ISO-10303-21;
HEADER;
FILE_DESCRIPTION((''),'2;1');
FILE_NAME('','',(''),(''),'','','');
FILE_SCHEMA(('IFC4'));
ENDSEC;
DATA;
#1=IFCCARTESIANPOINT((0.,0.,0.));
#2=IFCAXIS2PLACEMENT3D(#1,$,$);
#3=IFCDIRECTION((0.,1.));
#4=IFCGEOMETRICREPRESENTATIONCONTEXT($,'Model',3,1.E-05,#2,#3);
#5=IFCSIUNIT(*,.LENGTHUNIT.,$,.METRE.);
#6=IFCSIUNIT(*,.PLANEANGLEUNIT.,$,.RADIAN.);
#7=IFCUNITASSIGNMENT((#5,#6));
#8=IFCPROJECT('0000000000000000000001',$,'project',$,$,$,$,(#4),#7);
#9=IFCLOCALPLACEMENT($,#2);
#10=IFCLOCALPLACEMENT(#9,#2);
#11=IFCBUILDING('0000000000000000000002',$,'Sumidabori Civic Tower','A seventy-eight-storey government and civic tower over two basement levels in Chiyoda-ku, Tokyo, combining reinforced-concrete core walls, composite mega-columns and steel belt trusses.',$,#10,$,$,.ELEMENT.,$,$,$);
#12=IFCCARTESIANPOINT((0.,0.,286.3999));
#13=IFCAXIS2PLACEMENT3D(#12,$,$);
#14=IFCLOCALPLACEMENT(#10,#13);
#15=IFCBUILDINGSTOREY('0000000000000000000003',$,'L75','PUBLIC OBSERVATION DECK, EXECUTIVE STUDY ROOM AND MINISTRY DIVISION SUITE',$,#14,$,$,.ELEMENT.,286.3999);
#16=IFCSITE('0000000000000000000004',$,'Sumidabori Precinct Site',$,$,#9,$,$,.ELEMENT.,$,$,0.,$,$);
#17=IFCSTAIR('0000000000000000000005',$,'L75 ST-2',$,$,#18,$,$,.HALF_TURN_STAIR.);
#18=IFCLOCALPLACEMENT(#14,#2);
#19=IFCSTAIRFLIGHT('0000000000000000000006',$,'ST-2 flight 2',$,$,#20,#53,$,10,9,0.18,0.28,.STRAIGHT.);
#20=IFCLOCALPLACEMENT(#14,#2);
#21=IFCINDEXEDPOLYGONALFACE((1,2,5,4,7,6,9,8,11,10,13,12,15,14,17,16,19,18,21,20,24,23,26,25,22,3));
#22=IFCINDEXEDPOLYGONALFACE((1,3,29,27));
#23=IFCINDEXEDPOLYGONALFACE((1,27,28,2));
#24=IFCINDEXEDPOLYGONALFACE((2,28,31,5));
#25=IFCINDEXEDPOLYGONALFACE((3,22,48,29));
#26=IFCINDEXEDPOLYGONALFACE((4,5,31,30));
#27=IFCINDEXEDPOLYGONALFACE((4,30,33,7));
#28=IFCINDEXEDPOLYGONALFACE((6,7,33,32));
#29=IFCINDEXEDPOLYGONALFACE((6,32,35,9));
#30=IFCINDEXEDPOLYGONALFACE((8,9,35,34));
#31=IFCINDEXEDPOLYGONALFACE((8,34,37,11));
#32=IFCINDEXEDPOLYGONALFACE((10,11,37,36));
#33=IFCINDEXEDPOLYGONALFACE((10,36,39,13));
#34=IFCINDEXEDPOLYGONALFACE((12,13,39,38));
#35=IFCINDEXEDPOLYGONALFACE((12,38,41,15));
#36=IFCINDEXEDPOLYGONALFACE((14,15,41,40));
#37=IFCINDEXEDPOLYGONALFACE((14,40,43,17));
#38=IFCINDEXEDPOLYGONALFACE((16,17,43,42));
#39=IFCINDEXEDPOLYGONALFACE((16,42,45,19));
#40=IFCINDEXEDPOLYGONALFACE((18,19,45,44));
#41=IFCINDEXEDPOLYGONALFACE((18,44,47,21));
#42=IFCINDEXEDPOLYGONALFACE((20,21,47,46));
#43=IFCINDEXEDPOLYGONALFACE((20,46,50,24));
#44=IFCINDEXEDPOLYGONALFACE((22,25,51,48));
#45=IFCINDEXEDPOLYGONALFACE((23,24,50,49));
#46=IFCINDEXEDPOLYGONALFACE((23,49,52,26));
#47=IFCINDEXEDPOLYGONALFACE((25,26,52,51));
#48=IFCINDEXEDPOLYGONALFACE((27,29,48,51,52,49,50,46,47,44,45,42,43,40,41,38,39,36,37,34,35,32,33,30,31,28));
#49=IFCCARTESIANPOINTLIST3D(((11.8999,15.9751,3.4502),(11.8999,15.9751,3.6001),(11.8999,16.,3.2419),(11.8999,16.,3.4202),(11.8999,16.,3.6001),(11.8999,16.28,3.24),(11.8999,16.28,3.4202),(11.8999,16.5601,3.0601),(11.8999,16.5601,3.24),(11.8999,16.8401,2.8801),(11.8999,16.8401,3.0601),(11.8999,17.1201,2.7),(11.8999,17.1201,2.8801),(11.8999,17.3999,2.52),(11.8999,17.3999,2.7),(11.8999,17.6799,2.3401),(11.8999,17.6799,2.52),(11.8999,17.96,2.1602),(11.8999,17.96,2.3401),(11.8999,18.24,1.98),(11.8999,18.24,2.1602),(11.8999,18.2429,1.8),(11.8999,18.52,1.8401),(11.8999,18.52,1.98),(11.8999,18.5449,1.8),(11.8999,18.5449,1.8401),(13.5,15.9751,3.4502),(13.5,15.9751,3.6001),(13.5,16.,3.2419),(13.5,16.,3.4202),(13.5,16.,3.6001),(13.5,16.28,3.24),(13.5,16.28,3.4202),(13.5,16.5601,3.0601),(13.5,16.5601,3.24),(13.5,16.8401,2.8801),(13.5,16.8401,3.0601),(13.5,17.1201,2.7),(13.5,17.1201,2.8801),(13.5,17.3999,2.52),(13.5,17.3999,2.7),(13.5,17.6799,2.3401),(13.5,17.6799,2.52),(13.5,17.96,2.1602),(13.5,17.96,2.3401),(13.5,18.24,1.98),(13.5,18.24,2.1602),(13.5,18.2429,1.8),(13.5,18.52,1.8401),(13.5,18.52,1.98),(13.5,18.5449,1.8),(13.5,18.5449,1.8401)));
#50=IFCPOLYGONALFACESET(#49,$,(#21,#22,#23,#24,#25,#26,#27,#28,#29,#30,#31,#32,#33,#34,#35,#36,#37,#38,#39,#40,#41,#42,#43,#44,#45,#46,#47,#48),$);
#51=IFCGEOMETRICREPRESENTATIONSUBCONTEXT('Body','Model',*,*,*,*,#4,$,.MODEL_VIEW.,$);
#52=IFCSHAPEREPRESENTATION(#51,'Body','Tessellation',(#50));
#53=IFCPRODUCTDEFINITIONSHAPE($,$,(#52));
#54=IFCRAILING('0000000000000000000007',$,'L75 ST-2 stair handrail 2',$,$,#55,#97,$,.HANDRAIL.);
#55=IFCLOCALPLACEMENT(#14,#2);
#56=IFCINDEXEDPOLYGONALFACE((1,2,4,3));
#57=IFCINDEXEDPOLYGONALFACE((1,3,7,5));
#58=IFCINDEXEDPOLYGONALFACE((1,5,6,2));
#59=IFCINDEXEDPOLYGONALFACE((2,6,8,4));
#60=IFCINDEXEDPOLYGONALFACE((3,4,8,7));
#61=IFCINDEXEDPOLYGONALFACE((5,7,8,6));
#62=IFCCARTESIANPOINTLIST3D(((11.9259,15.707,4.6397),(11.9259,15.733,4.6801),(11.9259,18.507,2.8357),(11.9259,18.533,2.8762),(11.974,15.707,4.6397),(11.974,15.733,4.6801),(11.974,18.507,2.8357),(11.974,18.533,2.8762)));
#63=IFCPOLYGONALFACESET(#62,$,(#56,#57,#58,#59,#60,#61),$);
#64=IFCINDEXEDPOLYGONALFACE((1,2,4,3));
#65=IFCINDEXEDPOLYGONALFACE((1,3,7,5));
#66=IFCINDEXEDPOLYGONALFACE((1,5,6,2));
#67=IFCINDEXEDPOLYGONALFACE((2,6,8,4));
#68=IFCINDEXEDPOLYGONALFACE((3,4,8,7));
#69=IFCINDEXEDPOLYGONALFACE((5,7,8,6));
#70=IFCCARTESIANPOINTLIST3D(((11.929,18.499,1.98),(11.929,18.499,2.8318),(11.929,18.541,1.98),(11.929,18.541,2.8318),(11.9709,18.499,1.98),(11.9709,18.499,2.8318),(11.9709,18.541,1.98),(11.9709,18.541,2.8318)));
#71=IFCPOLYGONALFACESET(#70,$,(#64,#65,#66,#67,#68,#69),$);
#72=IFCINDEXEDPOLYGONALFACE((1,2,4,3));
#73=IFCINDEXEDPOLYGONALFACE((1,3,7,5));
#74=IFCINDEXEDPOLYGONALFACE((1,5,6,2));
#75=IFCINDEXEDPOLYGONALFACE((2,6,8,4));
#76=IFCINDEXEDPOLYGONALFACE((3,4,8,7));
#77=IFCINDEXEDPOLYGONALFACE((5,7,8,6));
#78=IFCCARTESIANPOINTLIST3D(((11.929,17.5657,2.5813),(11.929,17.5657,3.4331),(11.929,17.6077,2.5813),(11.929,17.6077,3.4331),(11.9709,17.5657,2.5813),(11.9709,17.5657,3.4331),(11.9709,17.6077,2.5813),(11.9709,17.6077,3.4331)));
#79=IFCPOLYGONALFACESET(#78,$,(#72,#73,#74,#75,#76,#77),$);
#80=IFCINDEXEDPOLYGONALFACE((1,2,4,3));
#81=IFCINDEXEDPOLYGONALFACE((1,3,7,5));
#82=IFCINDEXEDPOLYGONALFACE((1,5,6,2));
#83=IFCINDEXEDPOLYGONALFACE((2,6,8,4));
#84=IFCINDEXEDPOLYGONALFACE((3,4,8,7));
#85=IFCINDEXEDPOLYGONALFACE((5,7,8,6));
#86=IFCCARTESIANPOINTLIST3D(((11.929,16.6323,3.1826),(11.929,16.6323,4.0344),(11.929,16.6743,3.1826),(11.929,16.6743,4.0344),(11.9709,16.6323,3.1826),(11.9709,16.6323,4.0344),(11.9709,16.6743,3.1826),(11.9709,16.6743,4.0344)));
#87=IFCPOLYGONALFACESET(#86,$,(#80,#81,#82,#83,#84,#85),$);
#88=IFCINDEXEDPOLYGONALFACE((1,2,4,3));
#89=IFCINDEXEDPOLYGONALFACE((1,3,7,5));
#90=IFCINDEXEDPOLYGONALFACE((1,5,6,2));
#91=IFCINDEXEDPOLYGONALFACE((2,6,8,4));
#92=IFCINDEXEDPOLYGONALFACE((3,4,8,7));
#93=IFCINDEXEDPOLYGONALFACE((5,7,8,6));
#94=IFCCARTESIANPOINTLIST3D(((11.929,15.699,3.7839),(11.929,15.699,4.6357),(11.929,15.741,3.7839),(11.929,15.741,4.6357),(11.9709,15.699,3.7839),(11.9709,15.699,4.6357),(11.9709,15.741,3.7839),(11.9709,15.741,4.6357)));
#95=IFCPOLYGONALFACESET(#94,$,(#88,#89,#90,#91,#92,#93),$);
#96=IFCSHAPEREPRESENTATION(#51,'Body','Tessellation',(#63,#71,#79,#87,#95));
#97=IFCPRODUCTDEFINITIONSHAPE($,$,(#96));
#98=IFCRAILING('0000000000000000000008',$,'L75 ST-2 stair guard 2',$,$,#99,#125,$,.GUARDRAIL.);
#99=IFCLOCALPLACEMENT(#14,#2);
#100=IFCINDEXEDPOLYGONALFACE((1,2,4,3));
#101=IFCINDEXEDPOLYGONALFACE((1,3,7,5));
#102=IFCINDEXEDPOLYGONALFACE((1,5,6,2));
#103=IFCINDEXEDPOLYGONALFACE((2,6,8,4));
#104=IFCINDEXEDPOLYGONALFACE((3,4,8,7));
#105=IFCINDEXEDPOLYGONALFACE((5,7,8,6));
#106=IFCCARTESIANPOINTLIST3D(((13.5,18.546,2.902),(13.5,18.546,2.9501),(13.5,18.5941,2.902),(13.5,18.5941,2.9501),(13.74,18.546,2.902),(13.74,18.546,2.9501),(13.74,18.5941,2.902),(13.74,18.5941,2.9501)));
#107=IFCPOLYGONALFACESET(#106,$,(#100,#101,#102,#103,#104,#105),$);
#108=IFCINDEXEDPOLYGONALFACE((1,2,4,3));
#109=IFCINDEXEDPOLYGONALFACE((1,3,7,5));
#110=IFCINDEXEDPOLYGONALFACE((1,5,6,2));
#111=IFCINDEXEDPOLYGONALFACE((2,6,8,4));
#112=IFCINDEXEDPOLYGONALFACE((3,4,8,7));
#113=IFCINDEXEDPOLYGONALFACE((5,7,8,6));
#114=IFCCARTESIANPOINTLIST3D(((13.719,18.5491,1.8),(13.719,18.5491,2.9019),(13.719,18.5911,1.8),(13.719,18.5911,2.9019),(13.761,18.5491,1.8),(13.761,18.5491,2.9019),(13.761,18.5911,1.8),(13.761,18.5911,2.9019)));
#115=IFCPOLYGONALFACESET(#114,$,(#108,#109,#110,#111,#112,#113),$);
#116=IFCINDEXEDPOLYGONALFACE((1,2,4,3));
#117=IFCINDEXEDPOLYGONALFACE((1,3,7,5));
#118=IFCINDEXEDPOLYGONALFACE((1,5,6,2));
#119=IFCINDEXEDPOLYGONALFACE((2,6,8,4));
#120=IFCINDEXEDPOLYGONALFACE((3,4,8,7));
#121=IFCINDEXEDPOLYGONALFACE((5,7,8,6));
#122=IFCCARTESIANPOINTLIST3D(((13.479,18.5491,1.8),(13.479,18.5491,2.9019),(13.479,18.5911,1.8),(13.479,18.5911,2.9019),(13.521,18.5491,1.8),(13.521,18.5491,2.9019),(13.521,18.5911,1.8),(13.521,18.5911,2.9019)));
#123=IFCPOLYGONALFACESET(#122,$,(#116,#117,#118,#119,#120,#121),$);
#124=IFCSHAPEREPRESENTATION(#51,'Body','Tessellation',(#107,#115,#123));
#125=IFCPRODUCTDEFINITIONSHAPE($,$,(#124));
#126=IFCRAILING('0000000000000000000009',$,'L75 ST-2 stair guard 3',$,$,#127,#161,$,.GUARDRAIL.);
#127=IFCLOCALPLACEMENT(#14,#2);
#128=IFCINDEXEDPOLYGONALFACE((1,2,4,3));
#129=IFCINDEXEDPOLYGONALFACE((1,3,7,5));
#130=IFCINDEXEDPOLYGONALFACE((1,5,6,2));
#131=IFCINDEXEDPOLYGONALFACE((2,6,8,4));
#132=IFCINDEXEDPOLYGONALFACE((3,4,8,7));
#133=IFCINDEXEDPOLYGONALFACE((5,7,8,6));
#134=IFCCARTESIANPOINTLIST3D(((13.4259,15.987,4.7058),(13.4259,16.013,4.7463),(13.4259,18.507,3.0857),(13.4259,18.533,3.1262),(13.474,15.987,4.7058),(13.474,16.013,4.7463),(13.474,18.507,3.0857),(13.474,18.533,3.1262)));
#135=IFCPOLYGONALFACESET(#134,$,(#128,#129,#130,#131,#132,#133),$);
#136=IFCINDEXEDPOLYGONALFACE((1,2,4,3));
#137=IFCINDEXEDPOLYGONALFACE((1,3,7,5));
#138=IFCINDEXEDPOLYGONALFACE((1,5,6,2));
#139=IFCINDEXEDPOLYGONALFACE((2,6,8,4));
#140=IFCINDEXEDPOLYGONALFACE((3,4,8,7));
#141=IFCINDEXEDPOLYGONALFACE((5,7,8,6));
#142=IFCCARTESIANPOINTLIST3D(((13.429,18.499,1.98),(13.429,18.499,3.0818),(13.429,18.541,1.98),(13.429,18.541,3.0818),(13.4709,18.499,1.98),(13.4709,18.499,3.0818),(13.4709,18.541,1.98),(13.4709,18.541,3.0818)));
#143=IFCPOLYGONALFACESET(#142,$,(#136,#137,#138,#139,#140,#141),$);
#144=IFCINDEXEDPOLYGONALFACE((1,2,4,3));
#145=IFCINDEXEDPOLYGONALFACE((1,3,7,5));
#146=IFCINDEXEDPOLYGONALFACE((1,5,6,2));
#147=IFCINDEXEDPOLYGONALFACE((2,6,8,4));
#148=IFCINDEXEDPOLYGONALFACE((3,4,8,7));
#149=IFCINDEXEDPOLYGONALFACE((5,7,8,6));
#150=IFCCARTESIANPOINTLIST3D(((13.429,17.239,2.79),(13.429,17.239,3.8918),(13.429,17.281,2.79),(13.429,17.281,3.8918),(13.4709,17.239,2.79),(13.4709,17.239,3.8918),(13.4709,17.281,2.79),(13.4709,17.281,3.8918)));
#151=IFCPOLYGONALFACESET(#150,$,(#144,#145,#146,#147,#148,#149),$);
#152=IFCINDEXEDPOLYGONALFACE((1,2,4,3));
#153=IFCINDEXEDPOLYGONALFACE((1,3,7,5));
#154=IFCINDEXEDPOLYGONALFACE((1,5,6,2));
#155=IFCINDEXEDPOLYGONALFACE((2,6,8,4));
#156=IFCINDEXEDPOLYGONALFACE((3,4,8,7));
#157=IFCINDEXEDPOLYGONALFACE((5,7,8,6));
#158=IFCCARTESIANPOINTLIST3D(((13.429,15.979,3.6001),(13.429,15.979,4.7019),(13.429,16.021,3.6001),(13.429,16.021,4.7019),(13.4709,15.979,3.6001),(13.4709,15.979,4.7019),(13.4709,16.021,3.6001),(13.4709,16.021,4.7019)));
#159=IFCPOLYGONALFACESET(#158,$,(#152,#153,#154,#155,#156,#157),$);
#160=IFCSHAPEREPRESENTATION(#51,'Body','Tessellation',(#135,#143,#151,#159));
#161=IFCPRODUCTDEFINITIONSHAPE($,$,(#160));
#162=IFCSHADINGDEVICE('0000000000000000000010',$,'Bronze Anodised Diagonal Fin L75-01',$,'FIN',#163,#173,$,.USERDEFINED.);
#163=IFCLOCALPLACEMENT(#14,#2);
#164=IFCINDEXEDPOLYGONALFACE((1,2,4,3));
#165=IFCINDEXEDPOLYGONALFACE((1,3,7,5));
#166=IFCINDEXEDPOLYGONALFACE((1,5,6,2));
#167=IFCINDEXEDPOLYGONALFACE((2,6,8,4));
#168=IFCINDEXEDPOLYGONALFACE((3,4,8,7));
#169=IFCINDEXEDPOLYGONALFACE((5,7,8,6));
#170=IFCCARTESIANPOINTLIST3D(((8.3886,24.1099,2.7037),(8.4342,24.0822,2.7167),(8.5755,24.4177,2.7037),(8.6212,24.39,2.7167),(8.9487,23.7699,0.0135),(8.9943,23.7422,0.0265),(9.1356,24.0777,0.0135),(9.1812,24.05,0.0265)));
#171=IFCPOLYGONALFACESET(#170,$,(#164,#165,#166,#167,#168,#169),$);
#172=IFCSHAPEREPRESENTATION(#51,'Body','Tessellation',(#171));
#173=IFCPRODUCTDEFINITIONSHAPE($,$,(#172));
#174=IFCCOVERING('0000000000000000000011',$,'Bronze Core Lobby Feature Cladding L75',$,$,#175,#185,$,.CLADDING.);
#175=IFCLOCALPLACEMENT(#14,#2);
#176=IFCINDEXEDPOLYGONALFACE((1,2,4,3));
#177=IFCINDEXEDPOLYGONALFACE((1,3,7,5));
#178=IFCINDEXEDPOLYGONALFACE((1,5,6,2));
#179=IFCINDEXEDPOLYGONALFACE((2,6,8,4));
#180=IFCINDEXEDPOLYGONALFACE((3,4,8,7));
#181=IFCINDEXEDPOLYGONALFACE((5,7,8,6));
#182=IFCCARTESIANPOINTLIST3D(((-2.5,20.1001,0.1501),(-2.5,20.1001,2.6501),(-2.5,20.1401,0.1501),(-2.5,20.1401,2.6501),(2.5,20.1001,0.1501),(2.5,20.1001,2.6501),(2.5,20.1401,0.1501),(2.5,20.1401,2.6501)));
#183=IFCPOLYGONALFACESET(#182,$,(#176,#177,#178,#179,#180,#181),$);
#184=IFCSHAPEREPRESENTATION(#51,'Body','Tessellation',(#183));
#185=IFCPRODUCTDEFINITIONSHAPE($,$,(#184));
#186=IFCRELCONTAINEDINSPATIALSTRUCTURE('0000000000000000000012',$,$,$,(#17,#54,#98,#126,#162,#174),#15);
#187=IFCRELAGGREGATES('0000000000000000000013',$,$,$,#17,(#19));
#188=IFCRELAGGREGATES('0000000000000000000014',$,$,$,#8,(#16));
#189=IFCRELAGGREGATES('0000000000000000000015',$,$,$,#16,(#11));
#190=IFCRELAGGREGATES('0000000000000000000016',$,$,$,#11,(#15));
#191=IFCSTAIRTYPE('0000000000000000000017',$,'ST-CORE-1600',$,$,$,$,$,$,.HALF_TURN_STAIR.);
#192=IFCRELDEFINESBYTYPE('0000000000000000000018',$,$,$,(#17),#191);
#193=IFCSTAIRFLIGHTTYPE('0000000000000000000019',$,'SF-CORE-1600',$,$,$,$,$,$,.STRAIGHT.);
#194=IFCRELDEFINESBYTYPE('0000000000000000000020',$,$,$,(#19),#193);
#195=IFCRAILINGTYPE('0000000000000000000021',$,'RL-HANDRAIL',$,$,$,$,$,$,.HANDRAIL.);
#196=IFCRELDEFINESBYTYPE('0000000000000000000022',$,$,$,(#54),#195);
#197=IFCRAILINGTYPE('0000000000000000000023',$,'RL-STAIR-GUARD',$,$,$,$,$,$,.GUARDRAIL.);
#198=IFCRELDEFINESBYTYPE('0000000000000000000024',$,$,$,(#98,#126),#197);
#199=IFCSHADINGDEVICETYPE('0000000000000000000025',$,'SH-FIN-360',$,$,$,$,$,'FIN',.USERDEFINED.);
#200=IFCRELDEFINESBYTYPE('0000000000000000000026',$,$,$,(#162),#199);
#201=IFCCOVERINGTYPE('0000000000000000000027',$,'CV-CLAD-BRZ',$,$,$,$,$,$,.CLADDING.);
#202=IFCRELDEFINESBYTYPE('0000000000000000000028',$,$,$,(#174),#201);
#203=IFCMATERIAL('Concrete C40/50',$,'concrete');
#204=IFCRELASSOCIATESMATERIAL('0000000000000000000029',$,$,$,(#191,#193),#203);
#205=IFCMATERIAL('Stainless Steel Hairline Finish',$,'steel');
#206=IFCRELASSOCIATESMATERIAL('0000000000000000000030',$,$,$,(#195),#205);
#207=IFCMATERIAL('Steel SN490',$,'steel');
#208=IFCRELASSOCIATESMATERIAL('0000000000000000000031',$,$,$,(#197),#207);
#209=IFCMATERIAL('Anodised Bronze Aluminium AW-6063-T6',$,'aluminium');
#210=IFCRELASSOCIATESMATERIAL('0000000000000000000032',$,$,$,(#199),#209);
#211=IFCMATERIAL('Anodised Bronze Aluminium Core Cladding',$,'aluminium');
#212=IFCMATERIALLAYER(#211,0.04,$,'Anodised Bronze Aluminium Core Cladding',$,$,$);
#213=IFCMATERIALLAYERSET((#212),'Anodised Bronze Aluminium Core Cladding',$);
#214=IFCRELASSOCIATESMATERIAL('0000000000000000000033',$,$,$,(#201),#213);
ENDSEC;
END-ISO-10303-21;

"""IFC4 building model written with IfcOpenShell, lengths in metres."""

from ifc_helpers import new_model, si_unit, direction, frame, origin, origin_2d, place, context, subcontext, project, spatial, polyline, rectangle, outline, extrude, source, transform, mapped, material, layer, layer_set, material_profile, profile_set, type_object, element, aggregate, save


model = new_model("IFC4")

# Units and contexts
model_context = context("Model", 3, precision=1e-05, world=origin(), true_north=direction((0.0, 1.0)))
body_context = subcontext(model_context, "Body", "Model", "MODEL_VIEW")
ifc_project = project(units=[si_unit("LENGTHUNIT", "METRE"), si_unit("PLANEANGLEUNIT", "RADIAN")], contexts=[model_context])

# Site, building, storey
site_placement = place(None, origin())
site = spatial("IfcSite", under=ifc_project, at=site_placement, Name="Sumidabori Precinct Site", CompositionType="ELEMENT", RefElevation=0.0)
building_placement = place(site_placement, origin())
building = spatial("IfcBuilding", under=site, at=building_placement, Name="Sumidabori Civic Tower", Description="A seventy-eight-storey government and civic tower over two basement levels in Chiyoda-ku, Tokyo, combining reinforced-concrete core walls, composite mega-columns and steel belt trusses.", CompositionType="ELEMENT")
storey_placement = place(building_placement, frame((0.0, 0.0, 286.3999)))
storey = spatial("IfcBuildingStorey", under=building, at=storey_placement, Name="L75", Description="PUBLIC OBSERVATION DECK, EXECUTIVE STUDY ROOM AND MINISTRY DIVISION SUITE", CompositionType="ELEMENT", Elevation=286.3999)

# Shared definitions
ifc_material_1 = material(Name="Steel SN490", Category="steel")

# Shared definitions
ifc_material_2 = material(Name="Anodised Bronze Aluminium AW-6063-T6", Category="aluminium")

# Stair, stair flight
ifc_material_3 = material(Name="Concrete C40/50", Category="concrete")
stair_type = type_object("IfcStairType", Name="ST-CORE-1600", PredefinedType="HALF_TURN_STAIR", material=ifc_material_3)
stair_placement = place(storey_placement, origin())
stair = element("IfcStair", 1, at=stair_placement, inside=storey, type_object=stair_type, Name="L75 ST-2", PredefinedType="HALF_TURN_STAIR")
stair_flight_type = type_object("IfcStairFlightType", Name="SF-CORE-1600", PredefinedType="STRAIGHT", material=ifc_material_3)
shared_shape_1 = source(origin(), body_context, "Body", "SweptSolid", [
    extrude(outline(polyline([(-0.0249, 0.0), (-0.0249, 0.04), (0.0, 0.04), (0.0, 0.1799), (0.28, 0.1799), (0.28, 0.3601), (0.5601, 0.3601), (0.5601, 0.54), (0.8401, 0.54), (0.8401, 0.72), (1.1201, 0.72), (1.1201, 0.8999), (1.3999, 0.8999), (1.3999, 1.0801), (1.6799, 1.0801), (1.6799, 1.26), (1.96, 1.26), (1.96, 1.4399), (2.24, 1.4399), (2.24, 1.6201), (2.52, 1.6201), (2.52, 1.8), (2.5449, 1.8), (2.5449, 1.6501), (2.52, 1.4419), (0.2771, 0.0), (-0.0249, 0.0)])), frame((0.0, 0.8, 0.0), z_axis=(0.0, -1.0, 0.0), x_axis=(1.0, 0.0, 0.0)), (0.0, 0.0, 1.0), 1.6001),
])
stair_flight_placement = place(storey_placement, frame((12.7, 18.52, 1.8), z_axis=(0.0, 0.0, 1.0), x_axis=(0.0, -1.0, 0.0)))
stair_flight = element("IfcStairFlight", 2, at=stair_flight_placement, type_object=stair_flight_type, Name="ST-2 flight 2", NumberOfRisers=10, NumberOfTreads=9, PredefinedType="STRAIGHT", RiserHeight=0.18, TreadLength=0.28, context=body_context, shape_type="MappedRepresentation", body=[
    mapped(shared_shape_1, transform((0.0, 0.0, 0.0), x_axis=(1.0, 0.0, 0.0), y_axis=(0.0, 1.0, 0.0), z_axis=(0.0, 0.0, 1.0), scale=1.0)),
])
aggregate(stair, [stair_flight])

# Railings
ifc_material_4 = material(Name="Stainless Steel Hairline Finish", Category="steel")
railing_type_1 = type_object("IfcRailingType", Name="RL-HANDRAIL", PredefinedType="HANDRAIL", material=ifc_material_4)
railing_1_placement = place(storey_placement, frame((11.95, 18.52, 1.98)))
element("IfcRailing", 3, at=railing_1_placement, inside=storey, type_object=railing_type_1, Name="L75 ST-2 stair handrail 2", PredefinedType="HANDRAIL", context=body_context, shape_type="SweptSolid", body=[
    extrude(rectangle(XDim=0.0481, YDim=0.0481, at=origin_2d()), frame((0.0, 0.0, 0.876), z_axis=(0.0, -0.840642, 0.541591), x_axis=(1.0, 0.0, 0.0)), (0.0, 0.0, 1.0), 3.3308),
    extrude(rectangle(XDim=0.042, YDim=0.042, at=origin_2d()), origin(), (0.0, 0.0, 1.0), 0.8518),
    extrude(rectangle(XDim=0.042, YDim=0.042, at=origin_2d()), frame((0.0, -0.9333, 0.6013)), (0.0, 0.0, 1.0), 0.8518),
    extrude(rectangle(XDim=0.042, YDim=0.042, at=origin_2d()), frame((0.0, -1.8667, 1.2026)), (0.0, 0.0, 1.0), 0.8518),
    extrude(rectangle(XDim=0.042, YDim=0.042, at=origin_2d()), frame((0.0, -2.8, 1.804)), (0.0, 0.0, 1.0), 0.8518),
])
railing_type_2 = type_object("IfcRailingType", Name="RL-STAIR-GUARD", PredefinedType="GUARDRAIL", material=ifc_material_1)
railing_2_placement = place(storey_placement, frame((13.74, 18.5701, 1.8)))
element("IfcRailing", 4, at=railing_2_placement, inside=storey, type_object=railing_type_2, Name="L75 ST-2 stair guard 2", PredefinedType="GUARDRAIL", context=body_context, shape_type="SweptSolid", body=[
    extrude(rectangle(XDim=0.0481, YDim=0.0481, at=origin_2d()), frame((0.0, 0.0, 1.126), z_axis=(-1.0, 0.0, 0.0), x_axis=(0.0, -1.0, 0.0)), (0.0, 0.0, 1.0), 0.24),
    extrude(rectangle(XDim=0.042, YDim=0.042, at=origin_2d()), origin(), (0.0, 0.0, 1.0), 1.1018),
    extrude(rectangle(XDim=0.042, YDim=0.042, at=origin_2d()), frame((-0.24, 0.0, 0.0)), (0.0, 0.0, 1.0), 1.1018),
])
railing_3_placement = place(storey_placement, frame((13.45, 18.52, 1.98)))
element("IfcRailing", 5, at=railing_3_placement, inside=storey, type_object=railing_type_2, Name="L75 ST-2 stair guard 3", PredefinedType="GUARDRAIL", context=body_context, shape_type="SweptSolid", body=[
    extrude(rectangle(XDim=0.0481, YDim=0.0481, at=origin_2d()), frame((0.0, 0.0, 1.126), z_axis=(0.0, -0.841163, 0.540782), x_axis=(1.0, 0.0, 0.0)), (0.0, 0.0, 1.0), 2.9958),
    extrude(rectangle(XDim=0.042, YDim=0.042, at=origin_2d()), origin(), (0.0, 0.0, 1.0), 1.1018),
    extrude(rectangle(XDim=0.042, YDim=0.042, at=origin_2d()), frame((0.0, -1.26, 0.8101)), (0.0, 0.0, 1.0), 1.1018),
    extrude(rectangle(XDim=0.042, YDim=0.042, at=origin_2d()), frame((0.0, -2.52, 1.6201)), (0.0, 0.0, 1.0), 1.1018),
])

# Shading device
ifc_material_profile_1 = material_profile(ifc_material_2, rectangle(XDim=0.0549, YDim=0.3601, at=origin_2d()), Name="BRONZE FIN 360x55")
ifc_profile_set_1 = profile_set([ifc_material_profile_1], Name="Anodised Bronze Aluminium AW-6063-T6")
shading_device_type = type_object("IfcShadingDeviceType", Name="SH-FIN-360", ElementType="FIN", PredefinedType="USERDEFINED", material=ifc_profile_set_1)
shared_shape_2 = source(origin(), body_context, "Body", "SweptSolid", [
    extrude(rectangle(XDim=0.0549, YDim=0.3601, at=origin_2d()), origin(), (0.0, 0.0, 1.0), 2.7688),
])
shading_device_placement = place(storey_placement, frame((9.0649, 23.9099, 0.02), z_axis=(-0.202273, 0.122827, 0.971596), x_axis=(0.830474, -0.504294, 0.236645)))
element("IfcShadingDevice", 6, at=shading_device_placement, inside=storey, type_object=shading_device_type, Name="Bronze Anodised Diagonal Fin L75-01", ObjectType="FIN", PredefinedType="USERDEFINED", context=body_context, shape_type="MappedRepresentation", body=[
    mapped(shared_shape_2, transform((0.0, 0.0, 0.0), x_axis=(1.0, 0.0, 0.0), y_axis=(0.0, 1.0, 0.0), z_axis=(0.0, 0.0, 1.0), scale=1.0)),
])

# Covering
ifc_material_5 = material(Name="Anodised Bronze Aluminium Core Cladding", Category="aluminium")
ifc_layer_1 = layer(ifc_material_5, 0.04, Name="Anodised Bronze Aluminium Core Cladding")
ifc_layer_set_1 = layer_set([ifc_layer_1], Name="Anodised Bronze Aluminium Core Cladding")
covering_type = type_object("IfcCoveringType", Name="CV-CLAD-BRZ", PredefinedType="CLADDING", material=ifc_layer_set_1)
shared_shape_3 = source(origin(), body_context, "Body", "SweptSolid", [
    extrude(rectangle(XDim=5.0, YDim=0.04, at=origin_2d()), origin(), (0.0, 0.0, 1.0), 2.5),
])
covering_placement = place(storey_placement, frame((0.0, 20.1201, 0.1501), z_axis=(0.0, 0.0, 1.0), x_axis=(1.0, 0.0, 0.0)))
element("IfcCovering", 7, at=covering_placement, inside=storey, type_object=covering_type, Name="Bronze Core Lobby Feature Cladding L75", PredefinedType="CLADDING", context=body_context, shape_type="MappedRepresentation", body=[
    mapped(shared_shape_3, transform((0.0, 0.0, 0.0), x_axis=(1.0, 0.0, 0.0), y_axis=(0.0, 1.0, 0.0), z_axis=(0.0, 0.0, 1.0), scale=1.0)),
])

save(model, "model.ifc")
